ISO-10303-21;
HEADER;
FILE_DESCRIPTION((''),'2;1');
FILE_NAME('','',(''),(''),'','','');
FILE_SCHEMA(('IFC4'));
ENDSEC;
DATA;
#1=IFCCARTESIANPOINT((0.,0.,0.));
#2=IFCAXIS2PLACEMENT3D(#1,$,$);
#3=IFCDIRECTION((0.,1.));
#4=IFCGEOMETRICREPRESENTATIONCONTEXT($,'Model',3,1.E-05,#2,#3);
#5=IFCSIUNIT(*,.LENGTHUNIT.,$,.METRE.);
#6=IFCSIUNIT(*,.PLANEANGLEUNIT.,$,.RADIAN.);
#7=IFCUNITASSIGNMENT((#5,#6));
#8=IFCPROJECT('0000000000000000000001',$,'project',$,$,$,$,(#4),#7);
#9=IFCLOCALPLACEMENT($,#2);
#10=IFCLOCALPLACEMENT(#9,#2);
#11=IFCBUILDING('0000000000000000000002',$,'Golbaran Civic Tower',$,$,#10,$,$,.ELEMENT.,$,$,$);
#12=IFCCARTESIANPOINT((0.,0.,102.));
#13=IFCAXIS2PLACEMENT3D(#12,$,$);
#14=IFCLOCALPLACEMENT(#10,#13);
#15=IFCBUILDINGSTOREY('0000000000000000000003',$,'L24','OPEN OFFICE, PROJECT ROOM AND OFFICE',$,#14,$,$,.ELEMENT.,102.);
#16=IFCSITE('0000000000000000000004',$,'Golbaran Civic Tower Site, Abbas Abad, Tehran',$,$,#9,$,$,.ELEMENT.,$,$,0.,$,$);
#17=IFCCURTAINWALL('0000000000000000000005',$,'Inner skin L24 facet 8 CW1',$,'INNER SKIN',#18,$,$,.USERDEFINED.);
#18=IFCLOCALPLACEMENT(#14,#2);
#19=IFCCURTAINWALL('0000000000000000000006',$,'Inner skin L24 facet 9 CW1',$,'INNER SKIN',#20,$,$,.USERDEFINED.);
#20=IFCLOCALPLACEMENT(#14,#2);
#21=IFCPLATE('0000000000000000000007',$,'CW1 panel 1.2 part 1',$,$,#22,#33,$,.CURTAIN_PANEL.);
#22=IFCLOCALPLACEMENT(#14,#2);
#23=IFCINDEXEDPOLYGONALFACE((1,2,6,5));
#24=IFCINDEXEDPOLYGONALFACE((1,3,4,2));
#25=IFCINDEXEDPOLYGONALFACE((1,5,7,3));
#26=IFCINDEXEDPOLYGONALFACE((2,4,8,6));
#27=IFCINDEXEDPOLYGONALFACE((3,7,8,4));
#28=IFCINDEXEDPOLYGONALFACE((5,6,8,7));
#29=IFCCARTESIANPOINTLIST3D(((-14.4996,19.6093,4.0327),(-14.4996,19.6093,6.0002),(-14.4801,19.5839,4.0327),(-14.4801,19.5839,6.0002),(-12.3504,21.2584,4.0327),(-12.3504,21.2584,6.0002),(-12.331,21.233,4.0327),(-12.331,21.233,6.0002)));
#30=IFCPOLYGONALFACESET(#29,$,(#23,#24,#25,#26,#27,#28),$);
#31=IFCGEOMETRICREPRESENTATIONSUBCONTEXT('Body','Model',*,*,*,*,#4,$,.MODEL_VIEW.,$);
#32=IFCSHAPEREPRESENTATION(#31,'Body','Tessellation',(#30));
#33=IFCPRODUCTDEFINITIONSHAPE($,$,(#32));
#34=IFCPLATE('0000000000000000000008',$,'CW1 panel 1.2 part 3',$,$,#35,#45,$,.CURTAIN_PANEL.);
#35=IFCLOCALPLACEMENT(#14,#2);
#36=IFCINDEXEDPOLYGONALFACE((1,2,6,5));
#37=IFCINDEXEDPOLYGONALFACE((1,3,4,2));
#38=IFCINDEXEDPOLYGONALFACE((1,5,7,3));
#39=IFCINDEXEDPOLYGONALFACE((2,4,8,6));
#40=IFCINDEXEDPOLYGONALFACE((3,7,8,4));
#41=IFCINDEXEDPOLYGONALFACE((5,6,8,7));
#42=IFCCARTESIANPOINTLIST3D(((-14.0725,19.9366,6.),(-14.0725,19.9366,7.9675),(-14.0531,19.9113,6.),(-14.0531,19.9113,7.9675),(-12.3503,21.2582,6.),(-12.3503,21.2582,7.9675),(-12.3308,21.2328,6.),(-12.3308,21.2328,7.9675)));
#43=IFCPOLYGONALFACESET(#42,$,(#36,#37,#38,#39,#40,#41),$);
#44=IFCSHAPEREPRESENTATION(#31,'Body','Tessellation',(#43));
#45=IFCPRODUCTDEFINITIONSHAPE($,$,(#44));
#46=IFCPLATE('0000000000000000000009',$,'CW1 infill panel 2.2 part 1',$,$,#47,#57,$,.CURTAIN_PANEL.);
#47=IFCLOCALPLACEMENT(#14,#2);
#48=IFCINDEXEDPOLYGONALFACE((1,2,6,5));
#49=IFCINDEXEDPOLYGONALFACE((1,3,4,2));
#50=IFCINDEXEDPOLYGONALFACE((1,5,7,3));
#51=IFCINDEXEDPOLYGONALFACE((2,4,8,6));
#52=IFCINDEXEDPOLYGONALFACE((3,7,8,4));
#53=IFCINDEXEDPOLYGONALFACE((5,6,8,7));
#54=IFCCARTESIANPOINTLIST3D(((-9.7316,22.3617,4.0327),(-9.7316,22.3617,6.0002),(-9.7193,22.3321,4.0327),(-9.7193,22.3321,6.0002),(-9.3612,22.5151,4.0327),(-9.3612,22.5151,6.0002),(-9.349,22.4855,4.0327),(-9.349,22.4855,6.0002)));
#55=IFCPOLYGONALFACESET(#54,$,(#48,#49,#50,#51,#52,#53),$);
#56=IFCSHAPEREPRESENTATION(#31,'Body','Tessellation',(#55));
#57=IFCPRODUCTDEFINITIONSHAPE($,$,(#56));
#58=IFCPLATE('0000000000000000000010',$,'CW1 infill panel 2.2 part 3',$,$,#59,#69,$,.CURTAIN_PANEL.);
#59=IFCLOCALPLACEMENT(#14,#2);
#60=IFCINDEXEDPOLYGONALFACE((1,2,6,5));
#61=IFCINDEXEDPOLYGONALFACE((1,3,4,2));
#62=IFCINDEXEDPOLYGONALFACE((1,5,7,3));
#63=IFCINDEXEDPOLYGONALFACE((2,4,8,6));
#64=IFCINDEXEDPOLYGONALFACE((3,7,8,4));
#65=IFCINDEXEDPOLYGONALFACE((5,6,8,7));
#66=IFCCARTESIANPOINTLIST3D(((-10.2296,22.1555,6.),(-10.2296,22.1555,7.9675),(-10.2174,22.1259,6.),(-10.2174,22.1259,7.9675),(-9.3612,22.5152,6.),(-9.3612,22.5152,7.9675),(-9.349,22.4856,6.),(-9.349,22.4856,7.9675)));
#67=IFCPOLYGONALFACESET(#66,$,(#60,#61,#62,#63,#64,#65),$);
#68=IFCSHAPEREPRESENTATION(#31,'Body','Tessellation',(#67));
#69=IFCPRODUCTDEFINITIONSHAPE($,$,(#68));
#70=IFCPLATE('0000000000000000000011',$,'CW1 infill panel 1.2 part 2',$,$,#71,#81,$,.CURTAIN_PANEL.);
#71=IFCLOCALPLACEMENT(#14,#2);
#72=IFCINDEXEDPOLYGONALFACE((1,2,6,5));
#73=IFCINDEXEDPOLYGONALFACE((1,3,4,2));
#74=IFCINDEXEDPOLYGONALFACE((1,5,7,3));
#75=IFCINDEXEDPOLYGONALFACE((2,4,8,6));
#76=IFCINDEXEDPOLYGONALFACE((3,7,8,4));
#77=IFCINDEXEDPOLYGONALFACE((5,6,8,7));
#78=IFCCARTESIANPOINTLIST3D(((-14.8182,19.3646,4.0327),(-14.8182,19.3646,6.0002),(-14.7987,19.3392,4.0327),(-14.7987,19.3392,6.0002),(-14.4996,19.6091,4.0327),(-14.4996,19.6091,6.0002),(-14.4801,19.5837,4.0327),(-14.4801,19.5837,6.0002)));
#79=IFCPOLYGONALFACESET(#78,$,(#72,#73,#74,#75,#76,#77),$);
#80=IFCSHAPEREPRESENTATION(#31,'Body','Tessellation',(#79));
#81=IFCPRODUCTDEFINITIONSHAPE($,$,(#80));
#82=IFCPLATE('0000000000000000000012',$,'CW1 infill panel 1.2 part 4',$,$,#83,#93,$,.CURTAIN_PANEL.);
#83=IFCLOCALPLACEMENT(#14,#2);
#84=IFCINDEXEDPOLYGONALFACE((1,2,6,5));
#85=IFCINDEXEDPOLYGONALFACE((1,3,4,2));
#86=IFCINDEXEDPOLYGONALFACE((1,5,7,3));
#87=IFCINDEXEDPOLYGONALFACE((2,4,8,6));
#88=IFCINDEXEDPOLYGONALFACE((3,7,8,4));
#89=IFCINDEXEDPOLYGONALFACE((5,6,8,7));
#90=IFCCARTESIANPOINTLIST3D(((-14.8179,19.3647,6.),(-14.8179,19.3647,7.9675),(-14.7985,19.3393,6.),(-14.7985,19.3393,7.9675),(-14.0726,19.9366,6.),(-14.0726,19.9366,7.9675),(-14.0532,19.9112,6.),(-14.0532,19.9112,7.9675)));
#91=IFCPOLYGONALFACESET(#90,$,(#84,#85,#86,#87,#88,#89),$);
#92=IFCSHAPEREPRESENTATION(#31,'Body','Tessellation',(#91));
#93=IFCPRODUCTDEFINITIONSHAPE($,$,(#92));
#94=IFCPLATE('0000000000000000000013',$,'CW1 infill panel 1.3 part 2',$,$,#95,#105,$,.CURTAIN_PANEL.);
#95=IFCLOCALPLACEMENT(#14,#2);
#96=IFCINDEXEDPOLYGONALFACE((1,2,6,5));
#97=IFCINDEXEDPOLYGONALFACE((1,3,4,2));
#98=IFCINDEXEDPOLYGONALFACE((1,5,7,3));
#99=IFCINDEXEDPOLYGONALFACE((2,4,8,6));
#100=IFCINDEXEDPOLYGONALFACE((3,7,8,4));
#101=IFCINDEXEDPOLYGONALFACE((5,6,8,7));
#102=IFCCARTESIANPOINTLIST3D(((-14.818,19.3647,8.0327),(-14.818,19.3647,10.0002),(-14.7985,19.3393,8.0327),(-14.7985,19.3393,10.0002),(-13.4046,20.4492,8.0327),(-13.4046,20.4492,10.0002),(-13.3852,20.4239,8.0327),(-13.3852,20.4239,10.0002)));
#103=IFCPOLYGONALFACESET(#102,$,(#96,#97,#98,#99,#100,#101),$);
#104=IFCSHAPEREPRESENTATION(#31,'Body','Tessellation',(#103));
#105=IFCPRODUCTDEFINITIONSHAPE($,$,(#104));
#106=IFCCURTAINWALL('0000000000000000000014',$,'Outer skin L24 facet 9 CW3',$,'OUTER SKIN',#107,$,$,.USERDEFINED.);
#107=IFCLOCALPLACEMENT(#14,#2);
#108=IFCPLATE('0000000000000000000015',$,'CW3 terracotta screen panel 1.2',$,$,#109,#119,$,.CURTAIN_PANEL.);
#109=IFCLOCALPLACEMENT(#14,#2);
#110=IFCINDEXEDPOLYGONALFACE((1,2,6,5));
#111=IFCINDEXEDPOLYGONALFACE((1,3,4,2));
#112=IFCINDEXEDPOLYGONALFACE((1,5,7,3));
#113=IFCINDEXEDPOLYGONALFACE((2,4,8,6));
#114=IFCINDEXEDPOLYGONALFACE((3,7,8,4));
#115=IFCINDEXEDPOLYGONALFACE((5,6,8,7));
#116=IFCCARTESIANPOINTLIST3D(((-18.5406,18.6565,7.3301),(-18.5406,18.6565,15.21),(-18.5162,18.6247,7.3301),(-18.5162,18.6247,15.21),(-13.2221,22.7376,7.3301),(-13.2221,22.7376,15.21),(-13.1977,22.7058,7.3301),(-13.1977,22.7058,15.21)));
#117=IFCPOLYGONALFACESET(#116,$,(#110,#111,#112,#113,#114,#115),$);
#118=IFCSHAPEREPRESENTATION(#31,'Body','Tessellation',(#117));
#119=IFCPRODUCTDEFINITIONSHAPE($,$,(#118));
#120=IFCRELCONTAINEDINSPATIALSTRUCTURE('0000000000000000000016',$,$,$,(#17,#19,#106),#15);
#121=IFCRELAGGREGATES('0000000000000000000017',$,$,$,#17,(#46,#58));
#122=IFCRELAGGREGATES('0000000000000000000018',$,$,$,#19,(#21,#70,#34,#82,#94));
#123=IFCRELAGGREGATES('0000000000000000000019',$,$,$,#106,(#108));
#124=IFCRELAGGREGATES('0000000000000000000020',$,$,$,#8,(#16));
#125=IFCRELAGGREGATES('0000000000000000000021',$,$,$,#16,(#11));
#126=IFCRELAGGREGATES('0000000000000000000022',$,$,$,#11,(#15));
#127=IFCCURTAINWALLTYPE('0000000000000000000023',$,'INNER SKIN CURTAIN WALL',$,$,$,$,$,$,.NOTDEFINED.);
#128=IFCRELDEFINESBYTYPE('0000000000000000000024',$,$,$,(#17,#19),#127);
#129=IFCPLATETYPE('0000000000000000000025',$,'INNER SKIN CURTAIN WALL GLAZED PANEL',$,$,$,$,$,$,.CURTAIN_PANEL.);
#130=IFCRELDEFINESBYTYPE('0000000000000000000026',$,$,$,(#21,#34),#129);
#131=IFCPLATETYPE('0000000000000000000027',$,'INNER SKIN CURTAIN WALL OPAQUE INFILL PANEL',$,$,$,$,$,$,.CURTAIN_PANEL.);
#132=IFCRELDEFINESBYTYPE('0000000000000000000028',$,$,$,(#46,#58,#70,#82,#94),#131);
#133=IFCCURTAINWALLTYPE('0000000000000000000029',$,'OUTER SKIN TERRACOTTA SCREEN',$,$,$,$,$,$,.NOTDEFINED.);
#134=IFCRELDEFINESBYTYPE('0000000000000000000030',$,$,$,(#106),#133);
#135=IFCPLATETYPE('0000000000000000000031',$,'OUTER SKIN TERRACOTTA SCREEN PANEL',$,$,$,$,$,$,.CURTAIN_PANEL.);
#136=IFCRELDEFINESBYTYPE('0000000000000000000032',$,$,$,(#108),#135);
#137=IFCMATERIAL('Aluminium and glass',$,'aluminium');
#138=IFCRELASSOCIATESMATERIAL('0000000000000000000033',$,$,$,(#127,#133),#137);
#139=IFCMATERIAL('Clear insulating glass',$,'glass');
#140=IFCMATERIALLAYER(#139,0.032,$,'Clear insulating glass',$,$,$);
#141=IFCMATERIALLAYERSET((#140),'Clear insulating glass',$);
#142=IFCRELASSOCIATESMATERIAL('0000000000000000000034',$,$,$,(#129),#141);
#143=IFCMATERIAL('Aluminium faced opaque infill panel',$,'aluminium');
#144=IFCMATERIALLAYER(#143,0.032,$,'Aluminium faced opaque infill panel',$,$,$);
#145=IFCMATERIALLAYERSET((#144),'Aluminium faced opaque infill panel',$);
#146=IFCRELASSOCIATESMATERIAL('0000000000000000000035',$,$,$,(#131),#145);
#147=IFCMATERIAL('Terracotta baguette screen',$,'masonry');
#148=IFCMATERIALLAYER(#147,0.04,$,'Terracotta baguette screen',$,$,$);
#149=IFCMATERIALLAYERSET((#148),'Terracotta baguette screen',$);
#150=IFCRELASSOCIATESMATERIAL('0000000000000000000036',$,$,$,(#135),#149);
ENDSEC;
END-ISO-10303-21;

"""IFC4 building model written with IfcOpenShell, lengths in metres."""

from ifc_helpers import new_model, si_unit, direction, frame, origin, origin_2d, place, context, subcontext, project, spatial, rectangle, extrude, material, layer, layer_set, type_object, element, aggregate, save


model = new_model("IFC4")

# Units and contexts
model_context = context("Model", 3, precision=1e-05, world=origin(), true_north=direction((0.0, 1.0)))
body_context = subcontext(model_context, "Body", "Model", "MODEL_VIEW")
ifc_project = project(units=[si_unit("LENGTHUNIT", "METRE"), si_unit("PLANEANGLEUNIT", "RADIAN")], contexts=[model_context])

# Site, building, storey
site_placement = place(None, origin())
site = spatial("IfcSite", under=ifc_project, at=site_placement, Name="Golbaran Civic Tower Site, Abbas Abad, Tehran", CompositionType="ELEMENT", RefElevation=0.0)
building_placement = place(site_placement, origin())
building = spatial("IfcBuilding", under=site, at=building_placement, Name="Golbaran Civic Tower", CompositionType="ELEMENT")
storey_placement = place(building_placement, frame((0.0, 0.0, 102.0)))
storey = spatial("IfcBuildingStorey", under=building, at=storey_placement, Name="L24", Description="OPEN OFFICE, PROJECT ROOM AND OFFICE", CompositionType="ELEMENT", Elevation=102.0)

# Curtain walls
ifc_material_1 = material(Name="Aluminium and glass", Category="aluminium")
curtain_wall_type_1 = type_object("IfcCurtainWallType", Name="INNER SKIN CURTAIN WALL", PredefinedType="NOTDEFINED", material=ifc_material_1)
curtain_wall_1_placement = place(storey_placement, origin())
curtain_wall_1 = element("IfcCurtainWall", 1, at=curtain_wall_1_placement, inside=storey, type_object=curtain_wall_type_1, Name="Inner skin L24 facet 8 CW1", ObjectType="INNER SKIN", PredefinedType="USERDEFINED")
curtain_wall_2_placement = place(storey_placement, origin())
curtain_wall_2 = element("IfcCurtainWall", 2, at=curtain_wall_2_placement, inside=storey, type_object=curtain_wall_type_1, Name="Inner skin L24 facet 9 CW1", ObjectType="INNER SKIN", PredefinedType="USERDEFINED")

# Plates
ifc_material_2 = material(Name="Clear insulating glass", Category="glass")
ifc_layer_1 = layer(ifc_material_2, 0.032, Name="Clear insulating glass")
ifc_layer_set_1 = layer_set([ifc_layer_1], Name="Clear insulating glass")
plate_type_1 = type_object("IfcPlateType", Name="INNER SKIN CURTAIN WALL GLAZED PANEL", PredefinedType="CURTAIN_PANEL", material=ifc_layer_set_1)
plate_1_placement = place(storey_placement, frame((-13.4153, 20.4211, 4.0327), z_axis=(0.0, 0.0, 1.0), x_axis=(-0.793353, -0.608761, 0.0)))
plate_1 = element("IfcPlate", 3, at=plate_1_placement, type_object=plate_type_1, Name="CW1 panel 1.2 part 1", PredefinedType="CURTAIN_PANEL", context=body_context, shape_type="SweptSolid", body=[
    extrude(rectangle(XDim=2.709, YDim=0.032, at=origin_2d()), origin(), (0.0, 0.0, 1.0), 1.9675),
])
plate_2_placement = place(storey_placement, frame((-13.2017, 20.5847, 6.0), z_axis=(0.0, 0.0, 1.0), x_axis=(-0.793353, -0.608761, 0.0)))
plate_2 = element("IfcPlate", 4, at=plate_2_placement, type_object=plate_type_1, Name="CW1 panel 1.2 part 3", PredefinedType="CURTAIN_PANEL", context=body_context, shape_type="SweptSolid", body=[
    extrude(rectangle(XDim=2.1709, YDim=0.032, at=origin_2d()), origin(), (0.0, 0.0, 1.0), 1.9675),
])
ifc_material_3 = material(Name="Aluminium faced opaque infill panel", Category="aluminium")
ifc_layer_2 = layer(ifc_material_3, 0.032, Name="Aluminium faced opaque infill panel")
ifc_layer_set_2 = layer_set([ifc_layer_2], Name="Aluminium faced opaque infill panel")
plate_type_2 = type_object("IfcPlateType", Name="INNER SKIN CURTAIN WALL OPAQUE INFILL PANEL", PredefinedType="CURTAIN_PANEL", material=ifc_layer_set_2)
plate_3_placement = place(storey_placement, frame((-9.5403, 22.4236, 4.0327), z_axis=(0.0, 0.0, 1.0), x_axis=(-0.92388, -0.382683, 0.0)))
plate_3 = element("IfcPlate", 5, at=plate_3_placement, type_object=plate_type_2, Name="CW1 infill panel 2.2 part 1", PredefinedType="CURTAIN_PANEL", context=body_context, shape_type="SweptSolid", body=[
    extrude(rectangle(XDim=0.4009, YDim=0.032, at=origin_2d()), origin(), (0.0, 0.0, 1.0), 1.9675),
])
plate_4_placement = place(storey_placement, frame((-9.7893, 22.3206, 6.0), z_axis=(0.0, 0.0, 1.0), x_axis=(-0.92388, -0.382683, 0.0)))
plate_4 = element("IfcPlate", 6, at=plate_4_placement, type_object=plate_type_2, Name="CW1 infill panel 2.2 part 3", PredefinedType="CURTAIN_PANEL", context=body_context, shape_type="SweptSolid", body=[
    extrude(rectangle(XDim=0.9399, YDim=0.032, at=origin_2d()), origin(), (0.0, 0.0, 1.0), 1.9675),
])
aggregate(curtain_wall_1, [plate_3, plate_4])
plate_5_placement = place(storey_placement, frame((-14.6492, 19.4741, 4.0327), z_axis=(0.0, 0.0, 1.0), x_axis=(-0.793353, -0.608761, 0.0)))
plate_5 = element("IfcPlate", 7, at=plate_5_placement, type_object=plate_type_2, Name="CW1 infill panel 1.2 part 2", PredefinedType="CURTAIN_PANEL", context=body_context, shape_type="SweptSolid", body=[
    extrude(rectangle(XDim=0.4016, YDim=0.032, at=origin_2d()), origin(), (0.0, 0.0, 1.0), 1.9675),
])
plate_6_placement = place(storey_placement, frame((-14.4355, 19.6379, 6.0), z_axis=(0.0, 0.0, 1.0), x_axis=(-0.793353, -0.608761, 0.0)))
plate_6 = element("IfcPlate", 8, at=plate_6_placement, type_object=plate_type_2, Name="CW1 infill panel 1.2 part 4", PredefinedType="CURTAIN_PANEL", context=body_context, shape_type="SweptSolid", body=[
    extrude(rectangle(XDim=0.9395, YDim=0.032, at=origin_2d()), origin(), (0.0, 0.0, 1.0), 1.9675),
])
plate_7_placement = place(storey_placement, frame((-14.1016, 19.8943, 8.0327), z_axis=(0.0, 0.0, 1.0), x_axis=(-0.793353, -0.608761, 0.0)))
plate_7 = element("IfcPlate", 9, at=plate_7_placement, type_object=plate_type_2, Name="CW1 infill panel 1.3 part 2", PredefinedType="CURTAIN_PANEL", context=body_context, shape_type="SweptSolid", body=[
    extrude(rectangle(XDim=1.7815, YDim=0.032, at=origin_2d()), origin(), (0.0, 0.0, 1.0), 1.9675),
])
aggregate(curtain_wall_2, [plate_1, plate_5, plate_2, plate_6, plate_7])

# Curtain wall, plate
curtain_wall_type_2 = type_object("IfcCurtainWallType", Name="OUTER SKIN TERRACOTTA SCREEN", PredefinedType="NOTDEFINED", material=ifc_material_1)
curtain_wall_3_placement = place(storey_placement, origin())
curtain_wall_3 = element("IfcCurtainWall", 10, at=curtain_wall_3_placement, inside=storey, type_object=curtain_wall_type_2, Name="Outer skin L24 facet 9 CW3", ObjectType="OUTER SKIN", PredefinedType="USERDEFINED")
ifc_material_4 = material(Name="Terracotta baguette screen", Category="masonry")
ifc_layer_3 = layer(ifc_material_4, 0.04, Name="Terracotta baguette screen")
ifc_layer_set_3 = layer_set([ifc_layer_3], Name="Terracotta baguette screen")
plate_type_3 = type_object("IfcPlateType", Name="OUTER SKIN TERRACOTTA SCREEN PANEL", PredefinedType="CURTAIN_PANEL", material=ifc_layer_set_3)
plate_8_placement = place(storey_placement, frame((-15.8691, 20.6812, 7.3301), z_axis=(0.0, 0.0, 1.0), x_axis=(-0.793353, -0.608761, 0.0)))
plate_8 = element("IfcPlate", 11, at=plate_8_placement, type_object=plate_type_3, Name="CW3 terracotta screen panel 1.2", PredefinedType="CURTAIN_PANEL", context=body_context, shape_type="SweptSolid", body=[
    extrude(rectangle(XDim=6.7039, YDim=0.04, at=origin_2d()), origin(), (0.0, 0.0, 1.0), 7.8799),
])
aggregate(curtain_wall_3, [plate_8])

save(model, "model.ifc")
